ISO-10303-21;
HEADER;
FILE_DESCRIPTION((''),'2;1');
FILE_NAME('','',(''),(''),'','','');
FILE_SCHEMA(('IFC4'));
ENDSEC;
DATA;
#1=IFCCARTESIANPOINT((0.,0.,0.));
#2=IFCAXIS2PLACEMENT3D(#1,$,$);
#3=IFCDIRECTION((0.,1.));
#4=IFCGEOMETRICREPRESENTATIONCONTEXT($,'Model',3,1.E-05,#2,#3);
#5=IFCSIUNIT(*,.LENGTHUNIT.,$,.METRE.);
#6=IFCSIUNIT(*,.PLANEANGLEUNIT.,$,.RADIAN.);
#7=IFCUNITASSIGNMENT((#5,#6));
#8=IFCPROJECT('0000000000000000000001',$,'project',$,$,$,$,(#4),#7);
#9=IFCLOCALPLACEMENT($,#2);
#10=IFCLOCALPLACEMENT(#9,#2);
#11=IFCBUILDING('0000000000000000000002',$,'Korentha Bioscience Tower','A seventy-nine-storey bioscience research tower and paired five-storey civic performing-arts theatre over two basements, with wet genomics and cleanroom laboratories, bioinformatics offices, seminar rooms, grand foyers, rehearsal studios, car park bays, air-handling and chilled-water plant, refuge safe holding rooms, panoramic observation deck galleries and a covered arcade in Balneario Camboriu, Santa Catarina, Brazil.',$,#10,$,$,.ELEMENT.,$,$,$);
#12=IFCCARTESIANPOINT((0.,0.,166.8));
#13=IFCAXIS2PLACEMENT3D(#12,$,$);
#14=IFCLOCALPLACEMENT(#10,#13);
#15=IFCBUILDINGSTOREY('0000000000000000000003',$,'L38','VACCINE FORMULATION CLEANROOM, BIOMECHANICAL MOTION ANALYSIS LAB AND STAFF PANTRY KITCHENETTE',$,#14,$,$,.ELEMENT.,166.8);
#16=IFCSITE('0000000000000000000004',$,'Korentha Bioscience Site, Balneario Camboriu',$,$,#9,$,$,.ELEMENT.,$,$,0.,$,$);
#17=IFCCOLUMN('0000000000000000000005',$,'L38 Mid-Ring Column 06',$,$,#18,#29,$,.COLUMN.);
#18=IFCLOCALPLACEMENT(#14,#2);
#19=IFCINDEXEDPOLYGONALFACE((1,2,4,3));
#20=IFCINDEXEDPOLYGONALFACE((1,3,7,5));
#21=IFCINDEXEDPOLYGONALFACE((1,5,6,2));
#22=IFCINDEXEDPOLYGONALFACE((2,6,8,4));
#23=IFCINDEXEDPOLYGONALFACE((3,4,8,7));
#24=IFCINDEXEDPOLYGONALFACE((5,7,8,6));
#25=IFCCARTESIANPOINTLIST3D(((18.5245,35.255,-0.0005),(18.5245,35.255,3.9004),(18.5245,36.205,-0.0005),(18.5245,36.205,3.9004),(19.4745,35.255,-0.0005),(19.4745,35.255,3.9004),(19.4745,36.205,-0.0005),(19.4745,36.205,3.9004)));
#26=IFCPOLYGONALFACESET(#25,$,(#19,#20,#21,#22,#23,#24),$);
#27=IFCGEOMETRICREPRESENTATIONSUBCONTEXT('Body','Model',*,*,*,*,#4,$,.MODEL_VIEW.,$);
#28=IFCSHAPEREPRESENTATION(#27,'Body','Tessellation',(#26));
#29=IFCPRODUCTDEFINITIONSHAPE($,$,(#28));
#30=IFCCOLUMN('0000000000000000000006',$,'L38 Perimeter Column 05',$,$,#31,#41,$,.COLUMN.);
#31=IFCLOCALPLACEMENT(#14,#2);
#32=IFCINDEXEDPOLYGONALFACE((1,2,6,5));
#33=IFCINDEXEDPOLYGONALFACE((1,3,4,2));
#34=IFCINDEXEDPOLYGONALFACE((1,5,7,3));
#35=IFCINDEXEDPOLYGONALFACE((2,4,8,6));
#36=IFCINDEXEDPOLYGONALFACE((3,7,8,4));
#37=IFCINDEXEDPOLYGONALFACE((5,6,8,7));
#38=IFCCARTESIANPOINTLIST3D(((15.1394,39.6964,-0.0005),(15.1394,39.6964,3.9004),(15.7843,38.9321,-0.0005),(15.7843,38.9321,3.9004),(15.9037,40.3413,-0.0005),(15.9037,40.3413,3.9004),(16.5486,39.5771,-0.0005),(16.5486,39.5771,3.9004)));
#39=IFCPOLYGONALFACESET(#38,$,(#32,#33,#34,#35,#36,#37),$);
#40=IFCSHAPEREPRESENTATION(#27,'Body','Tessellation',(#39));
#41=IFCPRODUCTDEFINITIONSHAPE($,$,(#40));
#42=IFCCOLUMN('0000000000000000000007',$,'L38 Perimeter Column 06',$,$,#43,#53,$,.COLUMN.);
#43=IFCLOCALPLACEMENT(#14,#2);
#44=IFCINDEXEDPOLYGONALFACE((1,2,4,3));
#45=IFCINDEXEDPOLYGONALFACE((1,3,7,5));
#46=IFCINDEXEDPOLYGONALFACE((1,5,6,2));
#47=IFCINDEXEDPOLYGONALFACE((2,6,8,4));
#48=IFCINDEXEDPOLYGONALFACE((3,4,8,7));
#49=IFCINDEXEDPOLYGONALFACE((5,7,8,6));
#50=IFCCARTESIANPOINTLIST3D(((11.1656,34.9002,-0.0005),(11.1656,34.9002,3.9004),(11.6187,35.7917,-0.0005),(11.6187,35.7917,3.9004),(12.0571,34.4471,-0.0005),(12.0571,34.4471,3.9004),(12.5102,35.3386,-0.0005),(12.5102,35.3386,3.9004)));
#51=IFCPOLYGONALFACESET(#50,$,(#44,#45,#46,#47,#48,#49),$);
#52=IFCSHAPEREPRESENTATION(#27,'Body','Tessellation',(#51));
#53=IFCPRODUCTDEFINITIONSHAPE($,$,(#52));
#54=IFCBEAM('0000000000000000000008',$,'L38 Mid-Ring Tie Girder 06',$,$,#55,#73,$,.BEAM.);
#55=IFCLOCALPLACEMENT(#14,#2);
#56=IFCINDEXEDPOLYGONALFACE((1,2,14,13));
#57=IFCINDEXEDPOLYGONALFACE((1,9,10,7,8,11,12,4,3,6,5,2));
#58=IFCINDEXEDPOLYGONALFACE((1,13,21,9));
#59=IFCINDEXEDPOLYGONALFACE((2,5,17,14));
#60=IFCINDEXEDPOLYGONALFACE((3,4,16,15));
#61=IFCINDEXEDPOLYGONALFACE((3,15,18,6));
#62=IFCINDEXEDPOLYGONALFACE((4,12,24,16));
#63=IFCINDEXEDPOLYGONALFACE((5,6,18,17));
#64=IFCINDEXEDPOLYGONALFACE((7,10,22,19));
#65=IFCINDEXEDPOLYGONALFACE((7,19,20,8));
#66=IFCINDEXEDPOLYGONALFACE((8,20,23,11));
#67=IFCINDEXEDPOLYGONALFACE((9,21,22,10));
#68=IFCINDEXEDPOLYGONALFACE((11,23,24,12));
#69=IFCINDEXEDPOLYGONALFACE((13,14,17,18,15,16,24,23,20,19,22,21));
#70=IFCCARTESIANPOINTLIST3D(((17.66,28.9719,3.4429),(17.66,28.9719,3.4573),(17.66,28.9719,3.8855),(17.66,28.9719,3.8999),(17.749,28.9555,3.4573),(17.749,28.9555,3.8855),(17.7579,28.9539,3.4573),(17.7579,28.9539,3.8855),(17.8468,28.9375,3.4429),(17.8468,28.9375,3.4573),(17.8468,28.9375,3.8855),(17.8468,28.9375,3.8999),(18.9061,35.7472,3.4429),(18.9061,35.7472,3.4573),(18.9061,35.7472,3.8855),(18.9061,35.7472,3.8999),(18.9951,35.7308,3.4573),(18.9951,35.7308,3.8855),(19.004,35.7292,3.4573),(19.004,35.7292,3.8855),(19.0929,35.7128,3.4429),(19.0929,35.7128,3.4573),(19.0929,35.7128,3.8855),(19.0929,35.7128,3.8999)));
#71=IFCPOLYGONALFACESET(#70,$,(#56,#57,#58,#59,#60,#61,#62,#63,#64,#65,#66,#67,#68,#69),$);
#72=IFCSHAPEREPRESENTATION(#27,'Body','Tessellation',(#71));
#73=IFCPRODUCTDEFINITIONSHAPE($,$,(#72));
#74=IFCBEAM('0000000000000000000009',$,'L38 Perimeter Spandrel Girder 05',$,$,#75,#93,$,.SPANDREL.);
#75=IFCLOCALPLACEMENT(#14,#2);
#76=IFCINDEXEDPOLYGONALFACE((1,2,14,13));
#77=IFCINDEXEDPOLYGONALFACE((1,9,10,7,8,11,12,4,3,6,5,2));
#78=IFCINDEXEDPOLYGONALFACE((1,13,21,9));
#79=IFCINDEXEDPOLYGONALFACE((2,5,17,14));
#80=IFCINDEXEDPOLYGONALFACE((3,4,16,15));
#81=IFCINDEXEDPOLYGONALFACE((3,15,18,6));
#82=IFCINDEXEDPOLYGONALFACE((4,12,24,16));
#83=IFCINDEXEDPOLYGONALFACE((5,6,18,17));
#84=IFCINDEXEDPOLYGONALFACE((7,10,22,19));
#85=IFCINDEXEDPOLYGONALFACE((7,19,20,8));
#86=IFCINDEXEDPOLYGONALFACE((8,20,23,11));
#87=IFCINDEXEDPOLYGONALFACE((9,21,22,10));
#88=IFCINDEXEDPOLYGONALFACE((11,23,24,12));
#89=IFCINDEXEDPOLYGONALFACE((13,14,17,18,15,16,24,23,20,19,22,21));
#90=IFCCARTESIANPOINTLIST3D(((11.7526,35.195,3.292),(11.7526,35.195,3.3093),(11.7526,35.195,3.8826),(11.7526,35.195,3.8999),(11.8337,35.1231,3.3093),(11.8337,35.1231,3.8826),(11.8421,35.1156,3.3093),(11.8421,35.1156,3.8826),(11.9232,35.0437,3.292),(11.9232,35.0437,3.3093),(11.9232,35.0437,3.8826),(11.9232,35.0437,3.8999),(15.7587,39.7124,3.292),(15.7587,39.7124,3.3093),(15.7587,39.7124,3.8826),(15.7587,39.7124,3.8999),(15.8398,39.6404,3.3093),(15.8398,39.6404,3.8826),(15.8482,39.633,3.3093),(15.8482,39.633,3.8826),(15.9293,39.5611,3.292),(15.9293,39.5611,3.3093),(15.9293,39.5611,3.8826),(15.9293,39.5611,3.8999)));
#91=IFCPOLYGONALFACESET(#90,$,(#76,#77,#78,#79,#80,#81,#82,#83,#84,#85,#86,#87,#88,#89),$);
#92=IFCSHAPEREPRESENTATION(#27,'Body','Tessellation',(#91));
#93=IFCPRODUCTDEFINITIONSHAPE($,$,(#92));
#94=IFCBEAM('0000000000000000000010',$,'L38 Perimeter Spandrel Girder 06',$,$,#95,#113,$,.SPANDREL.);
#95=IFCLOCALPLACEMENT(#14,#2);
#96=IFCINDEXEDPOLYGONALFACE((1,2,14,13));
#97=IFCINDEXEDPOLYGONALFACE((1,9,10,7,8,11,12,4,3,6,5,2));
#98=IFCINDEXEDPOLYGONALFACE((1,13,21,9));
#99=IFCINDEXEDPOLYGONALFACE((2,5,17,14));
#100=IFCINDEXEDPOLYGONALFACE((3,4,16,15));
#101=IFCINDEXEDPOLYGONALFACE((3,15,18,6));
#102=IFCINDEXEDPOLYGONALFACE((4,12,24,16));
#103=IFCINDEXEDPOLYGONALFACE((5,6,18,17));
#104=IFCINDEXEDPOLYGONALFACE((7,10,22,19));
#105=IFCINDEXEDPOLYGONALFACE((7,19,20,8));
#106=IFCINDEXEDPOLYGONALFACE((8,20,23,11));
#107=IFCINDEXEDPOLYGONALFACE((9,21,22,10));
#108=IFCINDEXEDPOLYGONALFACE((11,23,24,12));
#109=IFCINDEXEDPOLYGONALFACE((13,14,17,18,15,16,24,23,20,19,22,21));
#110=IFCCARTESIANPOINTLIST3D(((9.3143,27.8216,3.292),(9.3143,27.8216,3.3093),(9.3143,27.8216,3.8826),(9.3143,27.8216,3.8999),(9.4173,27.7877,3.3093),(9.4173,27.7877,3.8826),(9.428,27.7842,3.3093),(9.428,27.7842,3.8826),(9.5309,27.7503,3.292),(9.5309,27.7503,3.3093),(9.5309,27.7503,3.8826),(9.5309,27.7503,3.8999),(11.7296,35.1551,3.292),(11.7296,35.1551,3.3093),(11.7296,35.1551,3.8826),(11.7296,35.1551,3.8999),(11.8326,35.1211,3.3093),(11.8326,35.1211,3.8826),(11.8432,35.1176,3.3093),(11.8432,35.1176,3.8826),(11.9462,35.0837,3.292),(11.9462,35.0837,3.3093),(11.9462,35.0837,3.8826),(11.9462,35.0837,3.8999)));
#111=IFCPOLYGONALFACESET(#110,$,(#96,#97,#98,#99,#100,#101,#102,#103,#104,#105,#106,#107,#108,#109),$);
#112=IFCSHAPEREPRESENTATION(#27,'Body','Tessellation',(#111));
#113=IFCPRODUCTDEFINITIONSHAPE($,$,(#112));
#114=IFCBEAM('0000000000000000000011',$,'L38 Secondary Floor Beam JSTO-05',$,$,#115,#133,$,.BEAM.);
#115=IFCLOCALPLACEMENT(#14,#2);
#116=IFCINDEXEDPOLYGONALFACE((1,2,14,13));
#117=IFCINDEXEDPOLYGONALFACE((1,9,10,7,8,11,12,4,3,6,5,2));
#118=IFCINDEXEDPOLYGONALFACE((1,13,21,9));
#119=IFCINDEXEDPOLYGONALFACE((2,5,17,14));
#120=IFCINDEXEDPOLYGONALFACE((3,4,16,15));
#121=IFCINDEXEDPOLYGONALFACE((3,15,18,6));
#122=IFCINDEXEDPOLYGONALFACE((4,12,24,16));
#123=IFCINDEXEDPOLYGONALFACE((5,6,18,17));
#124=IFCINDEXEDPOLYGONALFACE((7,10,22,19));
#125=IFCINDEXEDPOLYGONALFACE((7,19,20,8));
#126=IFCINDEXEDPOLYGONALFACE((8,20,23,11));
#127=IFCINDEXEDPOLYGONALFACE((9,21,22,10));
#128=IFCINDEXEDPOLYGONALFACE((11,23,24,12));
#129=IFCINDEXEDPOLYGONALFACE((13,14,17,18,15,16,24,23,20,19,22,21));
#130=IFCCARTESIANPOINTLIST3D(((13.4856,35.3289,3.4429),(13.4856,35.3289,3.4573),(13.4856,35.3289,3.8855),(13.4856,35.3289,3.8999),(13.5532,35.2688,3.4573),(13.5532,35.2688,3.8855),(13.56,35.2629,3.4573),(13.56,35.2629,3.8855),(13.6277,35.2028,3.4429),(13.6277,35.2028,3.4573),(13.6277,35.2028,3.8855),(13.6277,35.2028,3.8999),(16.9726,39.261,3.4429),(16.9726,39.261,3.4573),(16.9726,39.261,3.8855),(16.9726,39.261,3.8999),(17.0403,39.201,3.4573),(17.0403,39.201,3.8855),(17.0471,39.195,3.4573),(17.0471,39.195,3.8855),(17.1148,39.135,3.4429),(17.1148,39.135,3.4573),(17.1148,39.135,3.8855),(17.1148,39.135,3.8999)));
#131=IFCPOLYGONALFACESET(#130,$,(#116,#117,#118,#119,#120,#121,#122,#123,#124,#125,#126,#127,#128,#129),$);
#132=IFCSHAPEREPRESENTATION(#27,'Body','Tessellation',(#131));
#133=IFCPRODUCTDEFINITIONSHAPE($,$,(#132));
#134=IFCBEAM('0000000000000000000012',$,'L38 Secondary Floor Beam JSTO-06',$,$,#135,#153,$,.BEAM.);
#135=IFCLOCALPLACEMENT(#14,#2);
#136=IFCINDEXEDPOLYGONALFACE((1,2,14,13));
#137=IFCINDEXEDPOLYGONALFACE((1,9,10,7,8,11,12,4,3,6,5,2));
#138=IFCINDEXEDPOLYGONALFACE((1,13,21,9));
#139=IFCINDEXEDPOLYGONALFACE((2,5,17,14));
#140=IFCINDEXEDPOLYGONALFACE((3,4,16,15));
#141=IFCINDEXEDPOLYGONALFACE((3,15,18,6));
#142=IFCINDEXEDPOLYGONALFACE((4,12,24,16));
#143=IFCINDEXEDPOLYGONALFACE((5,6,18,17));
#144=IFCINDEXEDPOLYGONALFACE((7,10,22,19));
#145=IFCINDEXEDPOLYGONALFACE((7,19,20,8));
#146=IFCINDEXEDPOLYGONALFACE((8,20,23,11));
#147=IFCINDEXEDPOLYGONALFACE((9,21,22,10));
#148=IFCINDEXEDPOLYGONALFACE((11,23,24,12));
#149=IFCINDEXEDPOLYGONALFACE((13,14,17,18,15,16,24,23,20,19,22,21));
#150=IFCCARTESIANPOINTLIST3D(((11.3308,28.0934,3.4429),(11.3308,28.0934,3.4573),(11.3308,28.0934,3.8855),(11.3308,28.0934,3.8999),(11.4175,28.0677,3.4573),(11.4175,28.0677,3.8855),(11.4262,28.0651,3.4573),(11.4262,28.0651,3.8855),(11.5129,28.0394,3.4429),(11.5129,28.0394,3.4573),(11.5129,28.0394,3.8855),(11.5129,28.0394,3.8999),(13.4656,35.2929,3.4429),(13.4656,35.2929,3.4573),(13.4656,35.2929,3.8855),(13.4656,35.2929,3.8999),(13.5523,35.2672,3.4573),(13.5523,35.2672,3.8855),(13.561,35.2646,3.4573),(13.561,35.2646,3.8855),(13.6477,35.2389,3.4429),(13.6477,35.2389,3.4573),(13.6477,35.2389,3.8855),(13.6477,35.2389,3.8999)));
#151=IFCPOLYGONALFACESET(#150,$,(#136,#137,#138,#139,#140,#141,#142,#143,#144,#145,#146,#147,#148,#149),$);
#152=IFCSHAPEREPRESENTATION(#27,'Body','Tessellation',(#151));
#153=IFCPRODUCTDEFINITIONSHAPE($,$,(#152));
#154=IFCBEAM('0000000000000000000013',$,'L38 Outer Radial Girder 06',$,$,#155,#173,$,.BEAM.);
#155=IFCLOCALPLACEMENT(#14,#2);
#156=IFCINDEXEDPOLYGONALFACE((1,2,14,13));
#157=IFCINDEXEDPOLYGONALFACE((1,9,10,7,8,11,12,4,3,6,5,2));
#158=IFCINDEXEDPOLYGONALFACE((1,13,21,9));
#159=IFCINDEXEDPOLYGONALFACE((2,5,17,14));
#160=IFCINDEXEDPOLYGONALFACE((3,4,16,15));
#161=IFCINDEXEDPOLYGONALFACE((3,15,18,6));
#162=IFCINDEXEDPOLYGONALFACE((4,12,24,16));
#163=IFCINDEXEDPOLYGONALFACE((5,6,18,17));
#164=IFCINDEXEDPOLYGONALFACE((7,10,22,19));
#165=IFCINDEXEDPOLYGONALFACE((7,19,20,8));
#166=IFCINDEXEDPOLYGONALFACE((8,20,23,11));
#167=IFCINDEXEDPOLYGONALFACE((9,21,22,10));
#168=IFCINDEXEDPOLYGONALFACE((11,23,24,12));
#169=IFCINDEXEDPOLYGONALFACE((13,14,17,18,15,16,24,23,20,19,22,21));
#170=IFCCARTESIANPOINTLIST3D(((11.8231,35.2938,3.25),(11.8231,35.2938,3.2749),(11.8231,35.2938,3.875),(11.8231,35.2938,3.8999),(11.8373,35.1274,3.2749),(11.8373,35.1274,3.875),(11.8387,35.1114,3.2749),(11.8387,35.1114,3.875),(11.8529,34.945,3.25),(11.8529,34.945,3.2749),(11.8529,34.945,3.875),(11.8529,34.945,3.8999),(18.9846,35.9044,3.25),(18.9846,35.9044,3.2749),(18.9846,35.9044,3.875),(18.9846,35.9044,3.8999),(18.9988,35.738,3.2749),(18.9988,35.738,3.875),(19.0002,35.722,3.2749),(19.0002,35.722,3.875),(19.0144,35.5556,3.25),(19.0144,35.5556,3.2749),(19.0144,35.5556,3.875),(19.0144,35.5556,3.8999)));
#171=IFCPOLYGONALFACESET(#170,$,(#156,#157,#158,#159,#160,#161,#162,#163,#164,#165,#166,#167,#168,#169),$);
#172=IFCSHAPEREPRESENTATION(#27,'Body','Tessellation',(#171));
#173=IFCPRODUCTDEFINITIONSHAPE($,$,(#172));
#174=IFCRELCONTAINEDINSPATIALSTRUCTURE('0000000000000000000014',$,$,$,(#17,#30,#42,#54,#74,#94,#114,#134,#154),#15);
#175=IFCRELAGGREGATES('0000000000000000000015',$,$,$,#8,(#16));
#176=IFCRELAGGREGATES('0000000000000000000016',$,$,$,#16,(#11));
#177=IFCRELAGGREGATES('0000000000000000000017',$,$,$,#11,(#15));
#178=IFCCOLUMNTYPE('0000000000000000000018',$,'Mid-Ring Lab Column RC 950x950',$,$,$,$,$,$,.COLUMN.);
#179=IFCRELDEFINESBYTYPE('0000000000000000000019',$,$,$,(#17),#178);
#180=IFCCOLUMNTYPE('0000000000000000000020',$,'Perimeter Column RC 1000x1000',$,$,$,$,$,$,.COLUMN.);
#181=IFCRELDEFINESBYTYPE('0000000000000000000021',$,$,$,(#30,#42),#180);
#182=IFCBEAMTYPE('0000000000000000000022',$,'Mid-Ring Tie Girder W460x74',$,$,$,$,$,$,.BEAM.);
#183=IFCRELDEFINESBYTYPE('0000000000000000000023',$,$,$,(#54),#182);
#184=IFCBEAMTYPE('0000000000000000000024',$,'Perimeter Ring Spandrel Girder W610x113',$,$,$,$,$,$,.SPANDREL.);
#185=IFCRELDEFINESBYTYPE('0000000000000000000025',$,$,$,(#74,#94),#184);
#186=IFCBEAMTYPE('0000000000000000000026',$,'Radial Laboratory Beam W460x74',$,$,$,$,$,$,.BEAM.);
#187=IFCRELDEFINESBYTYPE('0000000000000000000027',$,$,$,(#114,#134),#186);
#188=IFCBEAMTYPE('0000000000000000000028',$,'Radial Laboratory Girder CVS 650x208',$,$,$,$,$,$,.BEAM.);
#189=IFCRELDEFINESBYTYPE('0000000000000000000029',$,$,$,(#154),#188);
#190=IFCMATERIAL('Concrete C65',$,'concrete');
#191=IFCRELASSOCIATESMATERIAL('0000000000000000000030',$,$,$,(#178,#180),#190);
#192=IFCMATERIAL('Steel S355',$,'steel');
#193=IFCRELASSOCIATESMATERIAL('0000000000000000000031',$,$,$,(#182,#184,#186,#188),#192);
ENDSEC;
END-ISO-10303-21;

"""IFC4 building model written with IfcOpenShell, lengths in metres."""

from ifc_helpers import new_model, si_unit, direction, frame, origin, origin_2d, place, context, subcontext, project, spatial, rectangle, i_section, extrude, material, material_profile, profile_set, type_object, element, save


model = new_model("IFC4")

# Units and contexts
model_context = context("Model", 3, precision=1e-05, world=origin(), true_north=direction((0.0, 1.0)))
body_context = subcontext(model_context, "Body", "Model", "MODEL_VIEW")
ifc_project = project(units=[si_unit("LENGTHUNIT", "METRE"), si_unit("PLANEANGLEUNIT", "RADIAN")], contexts=[model_context])

# Site, building, storey
site_placement = place(None, origin())
site = spatial("IfcSite", under=ifc_project, at=site_placement, Name="Korentha Bioscience Site, Balneario Camboriu", CompositionType="ELEMENT", RefElevation=0.0)
building_placement = place(site_placement, origin())
building = spatial("IfcBuilding", under=site, at=building_placement, Name="Korentha Bioscience Tower", Description="A seventy-nine-storey bioscience research tower and paired five-storey civic performing-arts theatre over two basements, with wet genomics and cleanroom laboratories, bioinformatics offices, seminar rooms, grand foyers, rehearsal studios, car park bays, air-handling and chilled-water plant, refuge safe holding rooms, panoramic observation deck galleries and a covered arcade in Balneario Camboriu, Santa Catarina, Brazil.", CompositionType="ELEMENT")
storey_placement = place(building_placement, frame((0.0, 0.0, 166.8)))
storey = spatial("IfcBuildingStorey", under=building, at=storey_placement, Name="L38", Description="VACCINE FORMULATION CLEANROOM, BIOMECHANICAL MOTION ANALYSIS LAB AND STAFF PANTRY KITCHENETTE", CompositionType="ELEMENT", Elevation=166.8)

# Columns
ifc_material_1 = material(Name="Concrete C65", Category="concrete")
ifc_material_profile_1 = material_profile(ifc_material_1, rectangle(XDim=0.95, YDim=0.95, at=origin_2d()), Name="Concrete C65")
ifc_profile_set_1 = profile_set([ifc_material_profile_1], Name="Concrete C65 (COL-MR09)")
column_type_1 = type_object("IfcColumnType", Name="Mid-Ring Lab Column RC 950x950", PredefinedType="COLUMN", material=ifc_profile_set_1)
column_placement = place(storey_placement, frame((18.9995, 35.73, -0.0005), z_axis=(0.0, 0.0, 1.0), x_axis=(1.0, 0.0, 0.0)))
element("IfcColumn", 1, at=column_placement, inside=storey, type_object=column_type_1, Name="L38 Mid-Ring Column 06", PredefinedType="COLUMN", context=body_context, shape_type="SweptSolid", body=[
    extrude(rectangle(XDim=0.95, YDim=0.95, at=origin_2d()), origin(), (0.0, 0.0, 1.0), 3.9009),
])
ifc_material_profile_2 = material_profile(ifc_material_1, rectangle(XDim=1.0, YDim=1.0, at=origin_2d()), Name="Concrete C65")
ifc_profile_set_2 = profile_set([ifc_material_profile_2], Name="Concrete C65 (COL-P10)")
column_type_2 = type_object("IfcColumnType", Name="Perimeter Column RC 1000x1000", PredefinedType="COLUMN", material=ifc_profile_set_2)
for number, where, z_axis, x_axis, name in (
    (2, (15.844, 39.6367, -0.0005), (0.0, 0.0, 1.0), (0.764246, 0.644924, 0.0), "L38 Perimeter Column 05"),
    (3, (11.8379, 35.1194, -0.0005), (0.0, 0.0, 1.0), (0.453057, 0.891481, 0.0), "L38 Perimeter Column 06"),
):
    element("IfcColumn", number, at=place(storey_placement, frame(where, z_axis=z_axis, x_axis=x_axis)), inside=storey, type_object=column_type_2, Name=name, PredefinedType="COLUMN", context=body_context, shape_type="SweptSolid", body=[
        extrude(rectangle(XDim=1.0, YDim=1.0, at=origin_2d()), origin(), (0.0, 0.0, 1.0), 3.9009),
    ])

# Beams
ifc_material_2 = material(Name="Steel S355", Category="steel")
ifc_material_profile_3 = material_profile(ifc_material_2, i_section(OverallWidth=0.1899, OverallDepth=0.457, WebThickness=0.009, FlangeThickness=0.0144, at=origin_2d()), Name="Steel S355")
ifc_profile_set_3 = profile_set([ifc_material_profile_3], Name="Steel S355 (MB-460)")
beam_type_1 = type_object("IfcBeamType", Name="Mid-Ring Tie Girder W460x74", PredefinedType="BEAM", material=ifc_profile_set_3)
beam_1_placement = place(storey_placement, frame((18.9995, 35.73, 3.6714), z_axis=(-0.180881, -0.983505, 0.0), x_axis=(0.983505, -0.180881, 0.0)))
element("IfcBeam", 4, at=beam_1_placement, inside=storey, type_object=beam_type_1, Name="L38 Mid-Ring Tie Girder 06", PredefinedType="BEAM", context=body_context, shape_type="SweptSolid", body=[
    extrude(i_section(OverallWidth=0.1899, OverallDepth=0.457, WebThickness=0.009, FlangeThickness=0.0144, at=origin_2d()), origin(), (0.0, 0.0, 1.0), 6.8889),
])
ifc_material_profile_4 = material_profile(ifc_material_2, i_section(OverallWidth=0.228, OverallDepth=0.6079, WebThickness=0.0112, FlangeThickness=0.0173, at=origin_2d()), Name="Steel S355")
ifc_profile_set_4 = profile_set([ifc_material_profile_4], Name="Steel S355 (SB-610)")
beam_type_2 = type_object("IfcBeamType", Name="Perimeter Ring Spandrel Girder W610x113", PredefinedType="SPANDREL", material=ifc_profile_set_4)
beam_2_placement = place(storey_placement, frame((15.844, 39.6367, 3.5959), z_axis=(-0.663503, -0.748174, 0.0), x_axis=(0.748174, -0.663503, 0.0)))
element("IfcBeam", 5, at=beam_2_placement, inside=storey, type_object=beam_type_2, Name="L38 Perimeter Spandrel Girder 05", PredefinedType="SPANDREL", context=body_context, shape_type="SweptSolid", body=[
    extrude(i_section(OverallWidth=0.228, OverallDepth=0.6079, WebThickness=0.0112, FlangeThickness=0.0173, at=origin_2d()), origin(), (0.0, 0.0, 1.0), 6.0378),
])
beam_3_placement = place(storey_placement, frame((11.8379, 35.1194, 3.5959), z_axis=(-0.31282, -0.949812, 0.0), x_axis=(0.949812, -0.31282, 0.0)))
element("IfcBeam", 6, at=beam_3_placement, inside=storey, type_object=beam_type_2, Name="L38 Perimeter Spandrel Girder 06", PredefinedType="SPANDREL", context=body_context, shape_type="SweptSolid", body=[
    extrude(i_section(OverallWidth=0.228, OverallDepth=0.6079, WebThickness=0.0112, FlangeThickness=0.0173, at=origin_2d()), origin(), (0.0, 0.0, 1.0), 7.7209),
])
ifc_material_profile_5 = material_profile(ifc_material_2, i_section(OverallWidth=0.1899, OverallDepth=0.457, WebThickness=0.009, FlangeThickness=0.0144, at=origin_2d()), Name="Steel S355")
ifc_profile_set_5 = profile_set([ifc_material_profile_5], Name="Steel S355 (RB-460)")
beam_type_3 = type_object("IfcBeamType", Name="Radial Laboratory Beam W460x74", PredefinedType="BEAM", material=ifc_profile_set_5)
beam_4_placement = place(storey_placement, frame((17.0437, 39.198, 3.6714), z_axis=(-0.663496, -0.74818, 0.0), x_axis=(0.74818, -0.663496, 0.0)))
element("IfcBeam", 7, at=beam_4_placement, inside=storey, type_object=beam_type_3, Name="L38 Secondary Floor Beam JSTO-05", PredefinedType="BEAM", context=body_context, shape_type="SweptSolid", body=[
    extrude(i_section(OverallWidth=0.1899, OverallDepth=0.457, WebThickness=0.009, FlangeThickness=0.0144, at=origin_2d()), origin(), (0.0, 0.0, 1.0), 5.2556),
])
beam_5_placement = place(storey_placement, frame((13.5566, 35.2659, 3.6714), z_axis=(-0.284283, -0.95874, 0.0), x_axis=(0.95874, -0.284283, 0.0)))
element("IfcBeam", 8, at=beam_5_placement, inside=storey, type_object=beam_type_3, Name="L38 Secondary Floor Beam JSTO-06", PredefinedType="BEAM", context=body_context, shape_type="SweptSolid", body=[
    extrude(i_section(OverallWidth=0.1899, OverallDepth=0.457, WebThickness=0.009, FlangeThickness=0.0144, at=origin_2d()), origin(), (0.0, 0.0, 1.0), 7.5093),
])
ifc_material_profile_6 = material_profile(ifc_material_2, i_section(OverallWidth=0.3501, OverallDepth=0.6499, WebThickness=0.0161, FlangeThickness=0.0249, at=origin_2d()), Name="Steel S355")
ifc_profile_set_6 = profile_set([ifc_material_profile_6], Name="Steel S355 (RB-650)")
beam_type_4 = type_object("IfcBeamType", Name="Radial Laboratory Girder CVS 650x208", PredefinedType="BEAM", material=ifc_profile_set_6)
beam_6_placement = place(storey_placement, frame((18.9995, 35.73, 3.575), z_axis=(-0.996385, -0.084951, 0.0), x_axis=(0.084951, -0.996385, 0.0)))
element("IfcBeam", 9, at=beam_6_placement, inside=storey, type_object=beam_type_4, Name="L38 Outer Radial Girder 06", PredefinedType="BEAM", context=body_context, shape_type="SweptSolid", body=[
    extrude(i_section(OverallWidth=0.3501, OverallDepth=0.6499, WebThickness=0.0161, FlangeThickness=0.0249, at=origin_2d()), origin(), (0.0, 0.0, 1.0), 7.1875),
])

save(model, "model.ifc")
